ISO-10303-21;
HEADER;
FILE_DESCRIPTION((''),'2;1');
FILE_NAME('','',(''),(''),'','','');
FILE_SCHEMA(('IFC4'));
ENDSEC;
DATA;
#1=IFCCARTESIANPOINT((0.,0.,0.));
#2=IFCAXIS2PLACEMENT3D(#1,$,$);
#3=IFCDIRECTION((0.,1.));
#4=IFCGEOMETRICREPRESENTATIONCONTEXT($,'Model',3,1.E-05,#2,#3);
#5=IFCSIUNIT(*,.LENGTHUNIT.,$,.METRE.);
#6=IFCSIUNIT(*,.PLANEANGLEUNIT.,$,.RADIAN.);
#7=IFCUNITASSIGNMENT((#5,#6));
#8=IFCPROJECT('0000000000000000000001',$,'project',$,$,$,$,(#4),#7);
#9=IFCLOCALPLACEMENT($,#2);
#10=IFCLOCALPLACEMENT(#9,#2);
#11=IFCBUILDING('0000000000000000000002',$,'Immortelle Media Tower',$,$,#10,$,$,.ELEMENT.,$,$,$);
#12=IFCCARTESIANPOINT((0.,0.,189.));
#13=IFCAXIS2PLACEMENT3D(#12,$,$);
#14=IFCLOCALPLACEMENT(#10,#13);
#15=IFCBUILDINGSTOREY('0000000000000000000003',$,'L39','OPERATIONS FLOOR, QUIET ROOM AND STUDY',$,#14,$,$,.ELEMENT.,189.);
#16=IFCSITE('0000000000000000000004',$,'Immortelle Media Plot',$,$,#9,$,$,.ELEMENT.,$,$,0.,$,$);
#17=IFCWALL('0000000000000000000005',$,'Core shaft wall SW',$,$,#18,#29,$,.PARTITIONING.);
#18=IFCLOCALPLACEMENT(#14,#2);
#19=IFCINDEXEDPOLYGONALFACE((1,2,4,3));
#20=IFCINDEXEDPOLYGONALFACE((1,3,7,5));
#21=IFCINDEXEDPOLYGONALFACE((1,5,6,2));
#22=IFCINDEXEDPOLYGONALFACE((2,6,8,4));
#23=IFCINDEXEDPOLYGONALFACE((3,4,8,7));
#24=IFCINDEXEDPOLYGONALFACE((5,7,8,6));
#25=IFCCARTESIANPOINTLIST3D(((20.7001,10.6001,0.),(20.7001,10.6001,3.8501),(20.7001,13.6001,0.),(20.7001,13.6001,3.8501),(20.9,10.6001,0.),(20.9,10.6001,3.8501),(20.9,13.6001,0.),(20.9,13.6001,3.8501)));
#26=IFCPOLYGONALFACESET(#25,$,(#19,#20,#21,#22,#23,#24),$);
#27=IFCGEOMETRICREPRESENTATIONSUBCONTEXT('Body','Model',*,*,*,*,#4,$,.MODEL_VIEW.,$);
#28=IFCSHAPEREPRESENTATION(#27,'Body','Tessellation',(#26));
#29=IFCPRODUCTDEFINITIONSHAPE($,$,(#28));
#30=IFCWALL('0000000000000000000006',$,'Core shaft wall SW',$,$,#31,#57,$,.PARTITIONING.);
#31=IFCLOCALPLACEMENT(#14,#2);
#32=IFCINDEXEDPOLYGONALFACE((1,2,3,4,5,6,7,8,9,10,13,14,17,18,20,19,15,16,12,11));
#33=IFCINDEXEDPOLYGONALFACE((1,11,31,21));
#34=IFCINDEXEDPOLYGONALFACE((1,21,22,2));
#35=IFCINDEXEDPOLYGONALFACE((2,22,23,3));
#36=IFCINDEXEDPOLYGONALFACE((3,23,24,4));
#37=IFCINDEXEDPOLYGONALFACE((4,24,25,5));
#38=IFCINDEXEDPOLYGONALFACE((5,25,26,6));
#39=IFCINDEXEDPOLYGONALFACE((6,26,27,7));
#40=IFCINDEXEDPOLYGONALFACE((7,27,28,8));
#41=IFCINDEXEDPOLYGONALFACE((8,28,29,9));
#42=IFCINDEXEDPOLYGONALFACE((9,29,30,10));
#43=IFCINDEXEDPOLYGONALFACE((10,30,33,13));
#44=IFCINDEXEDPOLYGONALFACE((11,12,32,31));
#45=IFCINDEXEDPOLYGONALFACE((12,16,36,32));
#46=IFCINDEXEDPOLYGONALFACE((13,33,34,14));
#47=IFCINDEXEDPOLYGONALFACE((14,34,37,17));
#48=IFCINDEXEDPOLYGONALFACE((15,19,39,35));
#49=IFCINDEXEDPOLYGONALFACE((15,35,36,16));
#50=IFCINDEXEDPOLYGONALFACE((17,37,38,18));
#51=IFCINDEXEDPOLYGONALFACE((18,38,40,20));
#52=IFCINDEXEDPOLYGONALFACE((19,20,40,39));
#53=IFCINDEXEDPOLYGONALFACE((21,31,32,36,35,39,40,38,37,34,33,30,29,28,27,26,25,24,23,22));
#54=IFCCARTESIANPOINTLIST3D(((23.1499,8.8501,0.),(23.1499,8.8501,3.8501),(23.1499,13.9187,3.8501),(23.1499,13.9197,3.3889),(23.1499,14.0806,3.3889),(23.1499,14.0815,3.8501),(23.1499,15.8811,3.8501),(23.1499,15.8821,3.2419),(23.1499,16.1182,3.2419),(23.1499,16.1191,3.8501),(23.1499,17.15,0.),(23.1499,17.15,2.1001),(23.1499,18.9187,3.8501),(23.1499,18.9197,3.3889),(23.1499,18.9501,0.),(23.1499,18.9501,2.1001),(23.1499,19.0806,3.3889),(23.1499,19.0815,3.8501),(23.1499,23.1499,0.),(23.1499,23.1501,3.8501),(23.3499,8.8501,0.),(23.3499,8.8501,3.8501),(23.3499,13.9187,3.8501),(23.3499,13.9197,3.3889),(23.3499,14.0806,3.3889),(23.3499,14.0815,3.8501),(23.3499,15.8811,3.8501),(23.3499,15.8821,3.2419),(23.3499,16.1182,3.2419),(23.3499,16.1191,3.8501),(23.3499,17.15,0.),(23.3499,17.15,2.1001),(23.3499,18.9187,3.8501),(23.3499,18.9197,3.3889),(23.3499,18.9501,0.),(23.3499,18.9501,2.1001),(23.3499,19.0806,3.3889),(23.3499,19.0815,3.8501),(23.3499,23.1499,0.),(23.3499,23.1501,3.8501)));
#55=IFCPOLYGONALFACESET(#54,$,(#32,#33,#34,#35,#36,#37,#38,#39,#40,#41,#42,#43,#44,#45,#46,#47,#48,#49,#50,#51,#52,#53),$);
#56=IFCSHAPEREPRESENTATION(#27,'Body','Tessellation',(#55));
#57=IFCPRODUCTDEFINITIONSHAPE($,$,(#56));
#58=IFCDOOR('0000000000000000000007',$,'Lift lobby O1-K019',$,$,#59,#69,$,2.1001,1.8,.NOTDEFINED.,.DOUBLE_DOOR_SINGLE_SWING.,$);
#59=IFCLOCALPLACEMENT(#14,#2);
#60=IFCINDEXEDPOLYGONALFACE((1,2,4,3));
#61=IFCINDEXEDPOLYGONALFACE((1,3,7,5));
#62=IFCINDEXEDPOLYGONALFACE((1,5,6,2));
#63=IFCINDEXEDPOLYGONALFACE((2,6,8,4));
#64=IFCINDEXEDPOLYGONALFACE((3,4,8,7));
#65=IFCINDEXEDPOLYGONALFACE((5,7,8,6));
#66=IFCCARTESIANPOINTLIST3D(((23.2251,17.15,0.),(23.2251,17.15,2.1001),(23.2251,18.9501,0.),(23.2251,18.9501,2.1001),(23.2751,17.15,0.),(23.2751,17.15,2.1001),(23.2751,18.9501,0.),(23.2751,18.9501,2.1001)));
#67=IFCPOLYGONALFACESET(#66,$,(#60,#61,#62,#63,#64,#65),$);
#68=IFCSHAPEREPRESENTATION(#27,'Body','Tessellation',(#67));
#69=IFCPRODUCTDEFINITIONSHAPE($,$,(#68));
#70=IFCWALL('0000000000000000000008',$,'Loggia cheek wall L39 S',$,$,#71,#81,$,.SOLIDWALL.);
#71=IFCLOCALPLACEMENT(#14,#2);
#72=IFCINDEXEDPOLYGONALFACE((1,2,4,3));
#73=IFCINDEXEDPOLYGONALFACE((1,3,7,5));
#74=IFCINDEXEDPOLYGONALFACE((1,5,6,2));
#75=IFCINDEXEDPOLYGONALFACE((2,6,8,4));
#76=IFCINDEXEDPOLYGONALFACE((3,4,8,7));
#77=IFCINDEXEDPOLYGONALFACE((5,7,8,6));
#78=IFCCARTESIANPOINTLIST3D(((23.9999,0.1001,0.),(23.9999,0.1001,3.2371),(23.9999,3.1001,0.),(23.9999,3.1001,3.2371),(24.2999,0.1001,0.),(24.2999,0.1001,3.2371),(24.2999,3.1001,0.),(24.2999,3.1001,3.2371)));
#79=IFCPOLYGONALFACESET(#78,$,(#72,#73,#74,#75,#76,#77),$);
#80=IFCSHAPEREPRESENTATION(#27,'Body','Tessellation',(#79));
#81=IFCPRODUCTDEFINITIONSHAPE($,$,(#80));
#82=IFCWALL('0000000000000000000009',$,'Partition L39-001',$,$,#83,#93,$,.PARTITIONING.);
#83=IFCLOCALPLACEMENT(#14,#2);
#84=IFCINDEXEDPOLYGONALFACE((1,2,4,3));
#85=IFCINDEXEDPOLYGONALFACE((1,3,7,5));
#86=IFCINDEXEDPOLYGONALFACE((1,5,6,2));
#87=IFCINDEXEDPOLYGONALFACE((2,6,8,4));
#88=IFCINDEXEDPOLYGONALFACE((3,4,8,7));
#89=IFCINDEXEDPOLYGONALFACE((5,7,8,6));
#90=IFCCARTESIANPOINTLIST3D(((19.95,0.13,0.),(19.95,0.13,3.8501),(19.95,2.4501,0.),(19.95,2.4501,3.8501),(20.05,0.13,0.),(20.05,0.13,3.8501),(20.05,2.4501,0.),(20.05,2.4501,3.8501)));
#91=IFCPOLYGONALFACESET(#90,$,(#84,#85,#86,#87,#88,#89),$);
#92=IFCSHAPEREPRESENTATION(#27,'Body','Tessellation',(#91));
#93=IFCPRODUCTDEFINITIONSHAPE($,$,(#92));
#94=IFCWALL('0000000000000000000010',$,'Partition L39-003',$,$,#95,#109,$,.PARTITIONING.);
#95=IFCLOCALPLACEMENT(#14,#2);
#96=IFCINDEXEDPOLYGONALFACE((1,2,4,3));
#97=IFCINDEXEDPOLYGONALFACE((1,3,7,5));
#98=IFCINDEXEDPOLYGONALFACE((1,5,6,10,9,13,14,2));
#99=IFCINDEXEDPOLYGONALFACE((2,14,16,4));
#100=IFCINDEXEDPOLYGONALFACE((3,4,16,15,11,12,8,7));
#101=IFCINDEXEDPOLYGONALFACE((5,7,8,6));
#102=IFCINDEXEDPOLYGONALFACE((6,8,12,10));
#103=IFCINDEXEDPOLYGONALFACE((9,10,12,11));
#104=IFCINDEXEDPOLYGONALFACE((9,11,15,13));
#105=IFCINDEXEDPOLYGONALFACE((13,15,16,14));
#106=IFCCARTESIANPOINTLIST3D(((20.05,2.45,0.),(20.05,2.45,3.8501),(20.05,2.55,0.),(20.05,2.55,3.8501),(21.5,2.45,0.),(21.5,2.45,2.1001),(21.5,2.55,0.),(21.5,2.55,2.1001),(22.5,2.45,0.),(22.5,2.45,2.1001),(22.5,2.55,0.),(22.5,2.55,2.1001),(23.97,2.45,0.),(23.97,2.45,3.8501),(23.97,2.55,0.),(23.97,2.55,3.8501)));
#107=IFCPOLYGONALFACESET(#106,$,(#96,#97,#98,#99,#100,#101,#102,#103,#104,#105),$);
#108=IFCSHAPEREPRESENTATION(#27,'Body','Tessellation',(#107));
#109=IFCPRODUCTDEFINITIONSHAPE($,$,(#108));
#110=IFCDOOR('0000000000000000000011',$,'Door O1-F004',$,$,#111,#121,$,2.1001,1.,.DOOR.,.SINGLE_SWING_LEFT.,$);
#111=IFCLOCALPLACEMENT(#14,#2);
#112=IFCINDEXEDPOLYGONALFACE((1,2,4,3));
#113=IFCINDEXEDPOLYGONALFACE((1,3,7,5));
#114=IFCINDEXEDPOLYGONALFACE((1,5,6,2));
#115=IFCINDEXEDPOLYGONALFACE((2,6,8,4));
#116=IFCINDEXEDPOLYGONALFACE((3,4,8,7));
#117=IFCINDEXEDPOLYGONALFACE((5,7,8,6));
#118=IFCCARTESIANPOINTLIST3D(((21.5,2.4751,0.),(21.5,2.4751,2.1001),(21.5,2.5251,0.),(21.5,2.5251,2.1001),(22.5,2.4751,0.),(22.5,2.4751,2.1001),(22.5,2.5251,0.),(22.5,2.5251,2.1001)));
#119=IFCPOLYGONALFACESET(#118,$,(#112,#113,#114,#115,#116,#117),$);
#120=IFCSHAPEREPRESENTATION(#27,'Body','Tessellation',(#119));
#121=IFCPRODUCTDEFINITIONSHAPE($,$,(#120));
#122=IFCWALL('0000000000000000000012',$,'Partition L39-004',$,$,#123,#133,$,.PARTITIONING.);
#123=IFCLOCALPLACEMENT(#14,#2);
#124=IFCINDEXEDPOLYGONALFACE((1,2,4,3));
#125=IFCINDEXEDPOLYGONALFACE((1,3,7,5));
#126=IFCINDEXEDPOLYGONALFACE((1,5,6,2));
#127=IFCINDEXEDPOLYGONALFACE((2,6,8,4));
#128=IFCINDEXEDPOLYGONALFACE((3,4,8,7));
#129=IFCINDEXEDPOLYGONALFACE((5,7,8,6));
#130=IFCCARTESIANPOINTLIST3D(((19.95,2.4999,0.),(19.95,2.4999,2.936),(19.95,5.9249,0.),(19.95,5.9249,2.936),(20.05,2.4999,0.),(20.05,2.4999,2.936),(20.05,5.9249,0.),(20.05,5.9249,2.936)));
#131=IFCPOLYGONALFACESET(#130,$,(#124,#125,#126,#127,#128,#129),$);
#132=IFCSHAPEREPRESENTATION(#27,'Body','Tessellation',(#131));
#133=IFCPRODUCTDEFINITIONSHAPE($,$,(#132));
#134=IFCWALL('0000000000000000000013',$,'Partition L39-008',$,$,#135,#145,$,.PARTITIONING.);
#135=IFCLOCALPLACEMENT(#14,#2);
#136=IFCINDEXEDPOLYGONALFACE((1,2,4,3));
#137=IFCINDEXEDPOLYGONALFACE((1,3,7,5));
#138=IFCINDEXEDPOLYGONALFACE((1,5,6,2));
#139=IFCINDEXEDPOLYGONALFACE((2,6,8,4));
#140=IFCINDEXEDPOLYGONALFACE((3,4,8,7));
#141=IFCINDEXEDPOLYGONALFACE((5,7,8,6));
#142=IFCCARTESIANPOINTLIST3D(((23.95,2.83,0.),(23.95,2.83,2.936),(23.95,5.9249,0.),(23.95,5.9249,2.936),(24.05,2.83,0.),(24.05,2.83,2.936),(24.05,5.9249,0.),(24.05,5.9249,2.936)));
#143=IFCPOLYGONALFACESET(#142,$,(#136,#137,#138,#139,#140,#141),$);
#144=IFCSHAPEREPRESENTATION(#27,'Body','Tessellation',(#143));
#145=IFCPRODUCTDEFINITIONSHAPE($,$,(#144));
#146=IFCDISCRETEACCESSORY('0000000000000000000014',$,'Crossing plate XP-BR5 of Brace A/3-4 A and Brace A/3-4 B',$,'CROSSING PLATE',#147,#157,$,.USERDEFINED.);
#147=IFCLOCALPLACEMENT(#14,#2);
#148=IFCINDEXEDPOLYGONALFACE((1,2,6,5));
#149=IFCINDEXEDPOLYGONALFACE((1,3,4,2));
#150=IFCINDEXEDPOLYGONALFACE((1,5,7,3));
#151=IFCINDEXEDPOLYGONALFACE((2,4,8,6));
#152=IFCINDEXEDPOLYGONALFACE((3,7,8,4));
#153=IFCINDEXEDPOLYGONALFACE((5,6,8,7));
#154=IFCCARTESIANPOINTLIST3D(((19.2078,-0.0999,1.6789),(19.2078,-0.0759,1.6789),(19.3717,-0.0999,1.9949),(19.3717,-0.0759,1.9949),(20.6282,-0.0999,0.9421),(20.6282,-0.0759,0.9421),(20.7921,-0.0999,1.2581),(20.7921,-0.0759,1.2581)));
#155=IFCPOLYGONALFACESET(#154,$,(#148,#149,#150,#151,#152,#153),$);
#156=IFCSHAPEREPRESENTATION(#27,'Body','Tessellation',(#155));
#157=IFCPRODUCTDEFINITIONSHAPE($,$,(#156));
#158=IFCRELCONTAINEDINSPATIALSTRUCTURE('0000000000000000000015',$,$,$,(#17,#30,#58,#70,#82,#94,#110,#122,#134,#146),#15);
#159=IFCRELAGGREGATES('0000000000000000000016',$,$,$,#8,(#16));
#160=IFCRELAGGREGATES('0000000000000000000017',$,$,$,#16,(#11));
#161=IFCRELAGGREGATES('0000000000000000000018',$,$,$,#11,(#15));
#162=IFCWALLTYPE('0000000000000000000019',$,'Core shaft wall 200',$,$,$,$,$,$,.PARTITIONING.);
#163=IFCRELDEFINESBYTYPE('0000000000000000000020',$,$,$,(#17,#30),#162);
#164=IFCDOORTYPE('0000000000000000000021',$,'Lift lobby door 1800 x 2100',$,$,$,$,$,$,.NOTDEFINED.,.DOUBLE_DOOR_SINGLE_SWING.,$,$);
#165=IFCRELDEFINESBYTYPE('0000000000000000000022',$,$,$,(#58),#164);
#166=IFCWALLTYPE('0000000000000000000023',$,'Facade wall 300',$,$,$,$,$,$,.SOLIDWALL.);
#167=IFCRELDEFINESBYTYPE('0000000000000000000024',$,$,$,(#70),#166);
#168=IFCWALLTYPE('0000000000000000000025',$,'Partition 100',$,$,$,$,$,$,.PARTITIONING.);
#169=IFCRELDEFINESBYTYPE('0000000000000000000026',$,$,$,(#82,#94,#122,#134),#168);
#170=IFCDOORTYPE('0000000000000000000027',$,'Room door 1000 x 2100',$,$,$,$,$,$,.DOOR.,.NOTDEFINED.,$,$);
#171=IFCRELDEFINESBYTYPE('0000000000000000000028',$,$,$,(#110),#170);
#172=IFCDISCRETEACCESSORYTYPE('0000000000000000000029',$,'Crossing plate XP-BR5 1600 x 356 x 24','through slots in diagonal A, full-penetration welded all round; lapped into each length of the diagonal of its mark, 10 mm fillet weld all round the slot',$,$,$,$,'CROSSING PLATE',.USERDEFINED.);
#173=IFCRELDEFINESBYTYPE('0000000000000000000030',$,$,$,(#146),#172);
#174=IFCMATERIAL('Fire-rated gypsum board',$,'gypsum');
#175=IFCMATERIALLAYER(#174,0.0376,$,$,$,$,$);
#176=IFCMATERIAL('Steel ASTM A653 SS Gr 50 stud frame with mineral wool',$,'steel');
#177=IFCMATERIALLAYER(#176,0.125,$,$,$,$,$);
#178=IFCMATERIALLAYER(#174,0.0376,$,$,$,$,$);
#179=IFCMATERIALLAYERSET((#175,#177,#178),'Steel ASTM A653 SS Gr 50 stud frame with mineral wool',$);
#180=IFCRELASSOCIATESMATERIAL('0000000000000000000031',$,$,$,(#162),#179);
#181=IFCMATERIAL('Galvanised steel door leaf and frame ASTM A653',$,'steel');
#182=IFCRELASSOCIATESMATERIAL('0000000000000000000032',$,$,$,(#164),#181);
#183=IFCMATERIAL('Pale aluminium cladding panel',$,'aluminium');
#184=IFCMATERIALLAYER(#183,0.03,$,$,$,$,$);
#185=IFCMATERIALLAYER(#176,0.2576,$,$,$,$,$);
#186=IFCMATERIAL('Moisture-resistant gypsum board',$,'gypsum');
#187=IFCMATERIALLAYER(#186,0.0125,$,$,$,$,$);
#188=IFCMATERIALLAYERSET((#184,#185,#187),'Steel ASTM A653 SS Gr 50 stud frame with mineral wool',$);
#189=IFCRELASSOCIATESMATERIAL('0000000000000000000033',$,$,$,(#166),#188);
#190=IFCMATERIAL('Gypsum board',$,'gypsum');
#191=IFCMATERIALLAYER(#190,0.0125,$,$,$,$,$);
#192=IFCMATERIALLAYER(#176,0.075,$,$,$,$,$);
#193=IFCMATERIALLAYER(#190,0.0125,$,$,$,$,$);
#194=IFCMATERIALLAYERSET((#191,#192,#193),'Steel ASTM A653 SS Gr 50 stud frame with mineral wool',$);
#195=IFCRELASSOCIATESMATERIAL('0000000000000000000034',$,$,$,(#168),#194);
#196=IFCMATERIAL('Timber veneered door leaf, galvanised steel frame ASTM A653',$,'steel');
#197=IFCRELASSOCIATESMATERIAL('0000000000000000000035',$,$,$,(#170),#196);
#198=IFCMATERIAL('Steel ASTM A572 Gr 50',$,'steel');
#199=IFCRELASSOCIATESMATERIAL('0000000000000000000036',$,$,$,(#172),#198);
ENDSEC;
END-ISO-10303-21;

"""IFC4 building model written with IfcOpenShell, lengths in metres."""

from ifc_helpers import new_model, si_unit, direction, frame, frame_2d, origin, origin_2d, place, context, subcontext, project, spatial, polyline, rectangle, outline, extrude, material, layer, layer_set, material_profile, profile_set, type_object, element, fill, save


model = new_model("IFC4")

# Units and contexts
model_context = context("Model", 3, precision=1e-05, world=origin(), true_north=direction((0.0, 1.0)))
body_context = subcontext(model_context, "Body", "Model", "MODEL_VIEW")
ifc_project = project(units=[si_unit("LENGTHUNIT", "METRE"), si_unit("PLANEANGLEUNIT", "RADIAN")], contexts=[model_context])

# Site, building, storey
site_placement = place(None, origin())
site = spatial("IfcSite", under=ifc_project, at=site_placement, Name="Immortelle Media Plot", CompositionType="ELEMENT", RefElevation=0.0)
building_placement = place(site_placement, origin())
building = spatial("IfcBuilding", under=site, at=building_placement, Name="Immortelle Media Tower", CompositionType="ELEMENT")
storey_placement = place(building_placement, frame((0.0, 0.0, 189.0)))
storey = spatial("IfcBuildingStorey", under=building, at=storey_placement, Name="L39", Description="OPERATIONS FLOOR, QUIET ROOM AND STUDY", CompositionType="ELEMENT", Elevation=189.0)

# Wall
ifc_material_1 = material(Name="Fire-rated gypsum board", Category="gypsum")
ifc_layer_1 = layer(ifc_material_1, 0.0376)
ifc_material_2 = material(Name="Steel ASTM A653 SS Gr 50 stud frame with mineral wool", Category="steel")
ifc_layer_2 = layer(ifc_material_2, 0.125)
ifc_layer_3 = layer(ifc_material_1, 0.0376)
ifc_layer_set_1 = layer_set([ifc_layer_1, ifc_layer_2, ifc_layer_3], Name="Steel ASTM A653 SS Gr 50 stud frame with mineral wool")
wall_type_1 = type_object("IfcWallType", Name="Core shaft wall 200", PredefinedType="PARTITIONING", material=ifc_layer_set_1)
for number, where, z_axis, x_axis, name in (
    (1, (20.8, 10.6001, 0.0), (0.0, 0.0, 1.0), (0.0, 1.0, 0.0), "Core shaft wall SW"),
):
    element("IfcWall", number, at=place(storey_placement, frame(where, z_axis=z_axis, x_axis=x_axis)), inside=storey, type_object=wall_type_1, Name=name, PredefinedType="PARTITIONING", context=body_context, shape_type="SweptSolid", body=[
        extrude(rectangle(XDim=3.0, YDim=0.2, at=frame_2d((1.5, 0.0))), origin(), (0.0, 0.0, 1.0), 3.8501),
    ])

# Wall, opening, door
wall_1_placement = place(storey_placement, frame((23.25, 8.8501, 0.0), z_axis=(0.0, 0.0, 1.0), x_axis=(0.0, 1.0, 0.0)))
wall_1 = element("IfcWall", 2, at=wall_1_placement, inside=storey, type_object=wall_type_1, Name="Core shaft wall SW", PredefinedType="PARTITIONING", context=body_context, shape_type="SweptSolid", body=[
    extrude(outline(polyline([(0.0, 0.0), (14.2998, 0.0), (14.3, 3.8501), (10.2314, 3.8501), (10.2305, 3.3889), (10.0696, 3.3889), (10.0686, 3.8501), (7.269, 3.8501), (7.2681, 3.2419), (7.032, 3.2419), (7.031, 3.8501), (5.2314, 3.8501), (5.2305, 3.3889), (5.0696, 3.3889), (5.0686, 3.8501), (0.0, 3.8501), (0.0, 0.0)])), frame((0.0, 0.1001, 0.0), z_axis=(0.0, -1.0, 0.0), x_axis=(1.0, 0.0, 0.0)), (0.0, 0.0, 1.0), 0.2),
])
opening_1_placement = place(wall_1_placement, frame((8.3, 0.0, 0.0)))
opening_1 = element("IfcOpeningElement", 3, at=opening_1_placement, cuts=wall_1, PredefinedType="OPENING", context=body_context, shape_type="SweptSolid", body=[
    extrude(rectangle(XDim=1.8, YDim=2.1001, at=frame_2d((0.8999, 1.05))), frame((0.0, 0.1099, 0.0), z_axis=(0.0, -1.0, 0.0), x_axis=(1.0, 0.0, 0.0)), (0.0, 0.0, 1.0), 0.22),
])
ifc_material_3 = material(Name="Galvanised steel door leaf and frame ASTM A653", Category="steel")
door_type_1 = type_object("IfcDoorType", Name="Lift lobby door 1800 x 2100", OperationType="DOUBLE_DOOR_SINGLE_SWING", PredefinedType="NOTDEFINED", material=ifc_material_3)
door_1_placement = place(opening_1_placement, origin())
door_1 = element("IfcDoor", 4, at=door_1_placement, inside=storey, type_object=door_type_1, Name="Lift lobby O1-K019", OperationType="DOUBLE_DOOR_SINGLE_SWING", OverallHeight=2.1001, OverallWidth=1.8, PredefinedType="NOTDEFINED", context=body_context, shape_type="SweptSolid", body=[
    extrude(rectangle(XDim=1.8, YDim=2.1001, at=frame_2d((0.8999, 1.05))), frame((0.0, 0.0249, 0.0), z_axis=(0.0, -1.0, 0.0), x_axis=(1.0, 0.0, 0.0)), (0.0, 0.0, 1.0), 0.05),
])
fill(opening_1, door_1)

# Walls
ifc_material_4 = material(Name="Pale aluminium cladding panel", Category="aluminium")
ifc_layer_4 = layer(ifc_material_4, 0.03)
ifc_layer_5 = layer(ifc_material_2, 0.2576)
ifc_material_5 = material(Name="Moisture-resistant gypsum board", Category="gypsum")
ifc_layer_6 = layer(ifc_material_5, 0.0125)
ifc_layer_set_2 = layer_set([ifc_layer_4, ifc_layer_5, ifc_layer_6], Name="Steel ASTM A653 SS Gr 50 stud frame with mineral wool")
wall_type_2 = type_object("IfcWallType", Name="Facade wall 300", PredefinedType="SOLIDWALL", material=ifc_layer_set_2)
wall_2_placement = place(storey_placement, frame((24.1499, 0.1001, 0.0), z_axis=(0.0, 0.0, 1.0), x_axis=(0.0, 1.0, 0.0)))
element("IfcWall", 5, at=wall_2_placement, inside=storey, type_object=wall_type_2, Name="Loggia cheek wall L39 S", PredefinedType="SOLIDWALL", context=body_context, shape_type="SweptSolid", body=[
    extrude(rectangle(XDim=3.0, YDim=0.3, at=frame_2d((1.5, 0.0))), origin(), (0.0, 0.0, 1.0), 3.2371),
])
ifc_material_6 = material(Name="Gypsum board", Category="gypsum")
ifc_layer_7 = layer(ifc_material_6, 0.0125)
ifc_layer_8 = layer(ifc_material_2, 0.075)
ifc_layer_9 = layer(ifc_material_6, 0.0125)
ifc_layer_set_3 = layer_set([ifc_layer_7, ifc_layer_8, ifc_layer_9], Name="Steel ASTM A653 SS Gr 50 stud frame with mineral wool")
wall_type_3 = type_object("IfcWallType", Name="Partition 100", PredefinedType="PARTITIONING", material=ifc_layer_set_3)
wall_3_placement = place(storey_placement, frame((20.0, 0.1299, 0.0), z_axis=(0.0, 0.0, 1.0), x_axis=(0.0, 1.0, 0.0)))
element("IfcWall", 6, at=wall_3_placement, inside=storey, type_object=wall_type_3, Name="Partition L39-001", PredefinedType="PARTITIONING", context=body_context, shape_type="SweptSolid", body=[
    extrude(rectangle(XDim=2.3201, YDim=0.1001, at=frame_2d((1.1602, 0.0))), origin(), (0.0, 0.0, 1.0), 3.8501),
])

# Wall, opening, door
wall_4_placement = place(storey_placement, frame((20.05, 2.5, 0.0), z_axis=(0.0, 0.0, 1.0), x_axis=(1.0, 0.0, 0.0)))
wall_4 = element("IfcWall", 7, at=wall_4_placement, inside=storey, type_object=wall_type_3, Name="Partition L39-003", PredefinedType="PARTITIONING", context=body_context, shape_type="SweptSolid", body=[
    extrude(rectangle(XDim=3.9199, YDim=0.1001, at=frame_2d((1.96, 0.0))), origin(), (0.0, 0.0, 1.0), 3.8501),
])
opening_2_placement = place(wall_4_placement, frame((2.45, 0.0, 0.0), z_axis=(0.0, 0.0, 1.0), x_axis=(-1.0, 0.0, 0.0)))
opening_2 = element("IfcOpeningElement", 8, at=opening_2_placement, cuts=wall_4, PredefinedType="OPENING", context=body_context, shape_type="SweptSolid", body=[
    extrude(rectangle(XDim=1.0, YDim=2.1001, at=frame_2d((0.5, 1.05))), frame((0.0, 0.0601, 0.0), z_axis=(0.0, -1.0, 0.0), x_axis=(1.0, 0.0, 0.0)), (0.0, 0.0, 1.0), 0.1201),
])
ifc_material_7 = material(Name="Timber veneered door leaf, galvanised steel frame ASTM A653", Category="steel")
door_type_2 = type_object("IfcDoorType", Name="Room door 1000 x 2100", OperationType="NOTDEFINED", PredefinedType="DOOR", material=ifc_material_7)
door_2_placement = place(opening_2_placement, origin())
door_2 = element("IfcDoor", 9, at=door_2_placement, inside=storey, type_object=door_type_2, Name="Door O1-F004", OperationType="SINGLE_SWING_LEFT", OverallHeight=2.1001, OverallWidth=1.0, PredefinedType="DOOR", context=body_context, shape_type="SweptSolid", body=[
    extrude(rectangle(XDim=1.0, YDim=2.1001, at=frame_2d((0.5, 1.05))), frame((0.0, 0.0249, 0.0), z_axis=(0.0, -1.0, 0.0), x_axis=(1.0, 0.0, 0.0)), (0.0, 0.0, 1.0), 0.05),
])
fill(opening_2, door_2)

# Walls
wall_5_placement = place(storey_placement, frame((20.0, 2.5, 0.0), z_axis=(0.0, 0.0, 1.0), x_axis=(0.0, 1.0, 0.0)))
element("IfcWall", 10, at=wall_5_placement, inside=storey, type_object=wall_type_3, Name="Partition L39-004", PredefinedType="PARTITIONING", context=body_context, shape_type="SweptSolid", body=[
    extrude(rectangle(XDim=3.425, YDim=0.1001, at=frame_2d((1.7124, 0.0))), origin(), (0.0, 0.0, 1.0), 2.936),
])
wall_6_placement = place(storey_placement, frame((24.0, 2.8301, 0.0), z_axis=(0.0, 0.0, 1.0), x_axis=(0.0, 1.0, 0.0)))
element("IfcWall", 11, at=wall_6_placement, inside=storey, type_object=wall_type_3, Name="Partition L39-008", PredefinedType="PARTITIONING", context=body_context, shape_type="SweptSolid", body=[
    extrude(rectangle(XDim=3.095, YDim=0.1001, at=frame_2d((1.5474, 0.0))), origin(), (0.0, 0.0, 1.0), 2.936),
])

# Discrete accessory
ifc_material_8 = material(Name="Steel ASTM A572 Gr 50", Category="steel")
ifc_material_profile_1 = material_profile(ifc_material_8, rectangle(XDim=0.0239, YDim=0.356, at=origin_2d()), Name="PL 24 x 356")
ifc_profile_set_1 = profile_set([ifc_material_profile_1], Name="Steel ASTM A572 Gr 50")
discrete_accessory_type_1 = type_object("IfcDiscreteAccessoryType", Name="Crossing plate XP-BR5 1600 x 356 x 24", Description="through slots in diagonal A, full-penetration welded all round; lapped into each length of the diagonal of its mark, 10 mm fillet weld all round the slot", ElementType="CROSSING PLATE", PredefinedType="USERDEFINED", material=ifc_profile_set_1)
discrete_accessory_1_placement = place(storey_placement, frame((19.2898, -0.0879, 1.8369), z_axis=(0.887676, 0.0, -0.460469), x_axis=(0.0, 1.0, 0.0)))
element("IfcDiscreteAccessory", 12, at=discrete_accessory_1_placement, inside=storey, type_object=discrete_accessory_type_1, Name="Crossing plate XP-BR5 of Brace A/3-4 A and Brace A/3-4 B", ObjectType="CROSSING PLATE", PredefinedType="USERDEFINED", context=body_context, shape_type="SweptSolid", body=[
    extrude(rectangle(XDim=0.0239, YDim=0.356, at=origin_2d()), origin(), (0.0, 0.0, 1.0), 1.6001),
])

save(model, "model.ifc")
